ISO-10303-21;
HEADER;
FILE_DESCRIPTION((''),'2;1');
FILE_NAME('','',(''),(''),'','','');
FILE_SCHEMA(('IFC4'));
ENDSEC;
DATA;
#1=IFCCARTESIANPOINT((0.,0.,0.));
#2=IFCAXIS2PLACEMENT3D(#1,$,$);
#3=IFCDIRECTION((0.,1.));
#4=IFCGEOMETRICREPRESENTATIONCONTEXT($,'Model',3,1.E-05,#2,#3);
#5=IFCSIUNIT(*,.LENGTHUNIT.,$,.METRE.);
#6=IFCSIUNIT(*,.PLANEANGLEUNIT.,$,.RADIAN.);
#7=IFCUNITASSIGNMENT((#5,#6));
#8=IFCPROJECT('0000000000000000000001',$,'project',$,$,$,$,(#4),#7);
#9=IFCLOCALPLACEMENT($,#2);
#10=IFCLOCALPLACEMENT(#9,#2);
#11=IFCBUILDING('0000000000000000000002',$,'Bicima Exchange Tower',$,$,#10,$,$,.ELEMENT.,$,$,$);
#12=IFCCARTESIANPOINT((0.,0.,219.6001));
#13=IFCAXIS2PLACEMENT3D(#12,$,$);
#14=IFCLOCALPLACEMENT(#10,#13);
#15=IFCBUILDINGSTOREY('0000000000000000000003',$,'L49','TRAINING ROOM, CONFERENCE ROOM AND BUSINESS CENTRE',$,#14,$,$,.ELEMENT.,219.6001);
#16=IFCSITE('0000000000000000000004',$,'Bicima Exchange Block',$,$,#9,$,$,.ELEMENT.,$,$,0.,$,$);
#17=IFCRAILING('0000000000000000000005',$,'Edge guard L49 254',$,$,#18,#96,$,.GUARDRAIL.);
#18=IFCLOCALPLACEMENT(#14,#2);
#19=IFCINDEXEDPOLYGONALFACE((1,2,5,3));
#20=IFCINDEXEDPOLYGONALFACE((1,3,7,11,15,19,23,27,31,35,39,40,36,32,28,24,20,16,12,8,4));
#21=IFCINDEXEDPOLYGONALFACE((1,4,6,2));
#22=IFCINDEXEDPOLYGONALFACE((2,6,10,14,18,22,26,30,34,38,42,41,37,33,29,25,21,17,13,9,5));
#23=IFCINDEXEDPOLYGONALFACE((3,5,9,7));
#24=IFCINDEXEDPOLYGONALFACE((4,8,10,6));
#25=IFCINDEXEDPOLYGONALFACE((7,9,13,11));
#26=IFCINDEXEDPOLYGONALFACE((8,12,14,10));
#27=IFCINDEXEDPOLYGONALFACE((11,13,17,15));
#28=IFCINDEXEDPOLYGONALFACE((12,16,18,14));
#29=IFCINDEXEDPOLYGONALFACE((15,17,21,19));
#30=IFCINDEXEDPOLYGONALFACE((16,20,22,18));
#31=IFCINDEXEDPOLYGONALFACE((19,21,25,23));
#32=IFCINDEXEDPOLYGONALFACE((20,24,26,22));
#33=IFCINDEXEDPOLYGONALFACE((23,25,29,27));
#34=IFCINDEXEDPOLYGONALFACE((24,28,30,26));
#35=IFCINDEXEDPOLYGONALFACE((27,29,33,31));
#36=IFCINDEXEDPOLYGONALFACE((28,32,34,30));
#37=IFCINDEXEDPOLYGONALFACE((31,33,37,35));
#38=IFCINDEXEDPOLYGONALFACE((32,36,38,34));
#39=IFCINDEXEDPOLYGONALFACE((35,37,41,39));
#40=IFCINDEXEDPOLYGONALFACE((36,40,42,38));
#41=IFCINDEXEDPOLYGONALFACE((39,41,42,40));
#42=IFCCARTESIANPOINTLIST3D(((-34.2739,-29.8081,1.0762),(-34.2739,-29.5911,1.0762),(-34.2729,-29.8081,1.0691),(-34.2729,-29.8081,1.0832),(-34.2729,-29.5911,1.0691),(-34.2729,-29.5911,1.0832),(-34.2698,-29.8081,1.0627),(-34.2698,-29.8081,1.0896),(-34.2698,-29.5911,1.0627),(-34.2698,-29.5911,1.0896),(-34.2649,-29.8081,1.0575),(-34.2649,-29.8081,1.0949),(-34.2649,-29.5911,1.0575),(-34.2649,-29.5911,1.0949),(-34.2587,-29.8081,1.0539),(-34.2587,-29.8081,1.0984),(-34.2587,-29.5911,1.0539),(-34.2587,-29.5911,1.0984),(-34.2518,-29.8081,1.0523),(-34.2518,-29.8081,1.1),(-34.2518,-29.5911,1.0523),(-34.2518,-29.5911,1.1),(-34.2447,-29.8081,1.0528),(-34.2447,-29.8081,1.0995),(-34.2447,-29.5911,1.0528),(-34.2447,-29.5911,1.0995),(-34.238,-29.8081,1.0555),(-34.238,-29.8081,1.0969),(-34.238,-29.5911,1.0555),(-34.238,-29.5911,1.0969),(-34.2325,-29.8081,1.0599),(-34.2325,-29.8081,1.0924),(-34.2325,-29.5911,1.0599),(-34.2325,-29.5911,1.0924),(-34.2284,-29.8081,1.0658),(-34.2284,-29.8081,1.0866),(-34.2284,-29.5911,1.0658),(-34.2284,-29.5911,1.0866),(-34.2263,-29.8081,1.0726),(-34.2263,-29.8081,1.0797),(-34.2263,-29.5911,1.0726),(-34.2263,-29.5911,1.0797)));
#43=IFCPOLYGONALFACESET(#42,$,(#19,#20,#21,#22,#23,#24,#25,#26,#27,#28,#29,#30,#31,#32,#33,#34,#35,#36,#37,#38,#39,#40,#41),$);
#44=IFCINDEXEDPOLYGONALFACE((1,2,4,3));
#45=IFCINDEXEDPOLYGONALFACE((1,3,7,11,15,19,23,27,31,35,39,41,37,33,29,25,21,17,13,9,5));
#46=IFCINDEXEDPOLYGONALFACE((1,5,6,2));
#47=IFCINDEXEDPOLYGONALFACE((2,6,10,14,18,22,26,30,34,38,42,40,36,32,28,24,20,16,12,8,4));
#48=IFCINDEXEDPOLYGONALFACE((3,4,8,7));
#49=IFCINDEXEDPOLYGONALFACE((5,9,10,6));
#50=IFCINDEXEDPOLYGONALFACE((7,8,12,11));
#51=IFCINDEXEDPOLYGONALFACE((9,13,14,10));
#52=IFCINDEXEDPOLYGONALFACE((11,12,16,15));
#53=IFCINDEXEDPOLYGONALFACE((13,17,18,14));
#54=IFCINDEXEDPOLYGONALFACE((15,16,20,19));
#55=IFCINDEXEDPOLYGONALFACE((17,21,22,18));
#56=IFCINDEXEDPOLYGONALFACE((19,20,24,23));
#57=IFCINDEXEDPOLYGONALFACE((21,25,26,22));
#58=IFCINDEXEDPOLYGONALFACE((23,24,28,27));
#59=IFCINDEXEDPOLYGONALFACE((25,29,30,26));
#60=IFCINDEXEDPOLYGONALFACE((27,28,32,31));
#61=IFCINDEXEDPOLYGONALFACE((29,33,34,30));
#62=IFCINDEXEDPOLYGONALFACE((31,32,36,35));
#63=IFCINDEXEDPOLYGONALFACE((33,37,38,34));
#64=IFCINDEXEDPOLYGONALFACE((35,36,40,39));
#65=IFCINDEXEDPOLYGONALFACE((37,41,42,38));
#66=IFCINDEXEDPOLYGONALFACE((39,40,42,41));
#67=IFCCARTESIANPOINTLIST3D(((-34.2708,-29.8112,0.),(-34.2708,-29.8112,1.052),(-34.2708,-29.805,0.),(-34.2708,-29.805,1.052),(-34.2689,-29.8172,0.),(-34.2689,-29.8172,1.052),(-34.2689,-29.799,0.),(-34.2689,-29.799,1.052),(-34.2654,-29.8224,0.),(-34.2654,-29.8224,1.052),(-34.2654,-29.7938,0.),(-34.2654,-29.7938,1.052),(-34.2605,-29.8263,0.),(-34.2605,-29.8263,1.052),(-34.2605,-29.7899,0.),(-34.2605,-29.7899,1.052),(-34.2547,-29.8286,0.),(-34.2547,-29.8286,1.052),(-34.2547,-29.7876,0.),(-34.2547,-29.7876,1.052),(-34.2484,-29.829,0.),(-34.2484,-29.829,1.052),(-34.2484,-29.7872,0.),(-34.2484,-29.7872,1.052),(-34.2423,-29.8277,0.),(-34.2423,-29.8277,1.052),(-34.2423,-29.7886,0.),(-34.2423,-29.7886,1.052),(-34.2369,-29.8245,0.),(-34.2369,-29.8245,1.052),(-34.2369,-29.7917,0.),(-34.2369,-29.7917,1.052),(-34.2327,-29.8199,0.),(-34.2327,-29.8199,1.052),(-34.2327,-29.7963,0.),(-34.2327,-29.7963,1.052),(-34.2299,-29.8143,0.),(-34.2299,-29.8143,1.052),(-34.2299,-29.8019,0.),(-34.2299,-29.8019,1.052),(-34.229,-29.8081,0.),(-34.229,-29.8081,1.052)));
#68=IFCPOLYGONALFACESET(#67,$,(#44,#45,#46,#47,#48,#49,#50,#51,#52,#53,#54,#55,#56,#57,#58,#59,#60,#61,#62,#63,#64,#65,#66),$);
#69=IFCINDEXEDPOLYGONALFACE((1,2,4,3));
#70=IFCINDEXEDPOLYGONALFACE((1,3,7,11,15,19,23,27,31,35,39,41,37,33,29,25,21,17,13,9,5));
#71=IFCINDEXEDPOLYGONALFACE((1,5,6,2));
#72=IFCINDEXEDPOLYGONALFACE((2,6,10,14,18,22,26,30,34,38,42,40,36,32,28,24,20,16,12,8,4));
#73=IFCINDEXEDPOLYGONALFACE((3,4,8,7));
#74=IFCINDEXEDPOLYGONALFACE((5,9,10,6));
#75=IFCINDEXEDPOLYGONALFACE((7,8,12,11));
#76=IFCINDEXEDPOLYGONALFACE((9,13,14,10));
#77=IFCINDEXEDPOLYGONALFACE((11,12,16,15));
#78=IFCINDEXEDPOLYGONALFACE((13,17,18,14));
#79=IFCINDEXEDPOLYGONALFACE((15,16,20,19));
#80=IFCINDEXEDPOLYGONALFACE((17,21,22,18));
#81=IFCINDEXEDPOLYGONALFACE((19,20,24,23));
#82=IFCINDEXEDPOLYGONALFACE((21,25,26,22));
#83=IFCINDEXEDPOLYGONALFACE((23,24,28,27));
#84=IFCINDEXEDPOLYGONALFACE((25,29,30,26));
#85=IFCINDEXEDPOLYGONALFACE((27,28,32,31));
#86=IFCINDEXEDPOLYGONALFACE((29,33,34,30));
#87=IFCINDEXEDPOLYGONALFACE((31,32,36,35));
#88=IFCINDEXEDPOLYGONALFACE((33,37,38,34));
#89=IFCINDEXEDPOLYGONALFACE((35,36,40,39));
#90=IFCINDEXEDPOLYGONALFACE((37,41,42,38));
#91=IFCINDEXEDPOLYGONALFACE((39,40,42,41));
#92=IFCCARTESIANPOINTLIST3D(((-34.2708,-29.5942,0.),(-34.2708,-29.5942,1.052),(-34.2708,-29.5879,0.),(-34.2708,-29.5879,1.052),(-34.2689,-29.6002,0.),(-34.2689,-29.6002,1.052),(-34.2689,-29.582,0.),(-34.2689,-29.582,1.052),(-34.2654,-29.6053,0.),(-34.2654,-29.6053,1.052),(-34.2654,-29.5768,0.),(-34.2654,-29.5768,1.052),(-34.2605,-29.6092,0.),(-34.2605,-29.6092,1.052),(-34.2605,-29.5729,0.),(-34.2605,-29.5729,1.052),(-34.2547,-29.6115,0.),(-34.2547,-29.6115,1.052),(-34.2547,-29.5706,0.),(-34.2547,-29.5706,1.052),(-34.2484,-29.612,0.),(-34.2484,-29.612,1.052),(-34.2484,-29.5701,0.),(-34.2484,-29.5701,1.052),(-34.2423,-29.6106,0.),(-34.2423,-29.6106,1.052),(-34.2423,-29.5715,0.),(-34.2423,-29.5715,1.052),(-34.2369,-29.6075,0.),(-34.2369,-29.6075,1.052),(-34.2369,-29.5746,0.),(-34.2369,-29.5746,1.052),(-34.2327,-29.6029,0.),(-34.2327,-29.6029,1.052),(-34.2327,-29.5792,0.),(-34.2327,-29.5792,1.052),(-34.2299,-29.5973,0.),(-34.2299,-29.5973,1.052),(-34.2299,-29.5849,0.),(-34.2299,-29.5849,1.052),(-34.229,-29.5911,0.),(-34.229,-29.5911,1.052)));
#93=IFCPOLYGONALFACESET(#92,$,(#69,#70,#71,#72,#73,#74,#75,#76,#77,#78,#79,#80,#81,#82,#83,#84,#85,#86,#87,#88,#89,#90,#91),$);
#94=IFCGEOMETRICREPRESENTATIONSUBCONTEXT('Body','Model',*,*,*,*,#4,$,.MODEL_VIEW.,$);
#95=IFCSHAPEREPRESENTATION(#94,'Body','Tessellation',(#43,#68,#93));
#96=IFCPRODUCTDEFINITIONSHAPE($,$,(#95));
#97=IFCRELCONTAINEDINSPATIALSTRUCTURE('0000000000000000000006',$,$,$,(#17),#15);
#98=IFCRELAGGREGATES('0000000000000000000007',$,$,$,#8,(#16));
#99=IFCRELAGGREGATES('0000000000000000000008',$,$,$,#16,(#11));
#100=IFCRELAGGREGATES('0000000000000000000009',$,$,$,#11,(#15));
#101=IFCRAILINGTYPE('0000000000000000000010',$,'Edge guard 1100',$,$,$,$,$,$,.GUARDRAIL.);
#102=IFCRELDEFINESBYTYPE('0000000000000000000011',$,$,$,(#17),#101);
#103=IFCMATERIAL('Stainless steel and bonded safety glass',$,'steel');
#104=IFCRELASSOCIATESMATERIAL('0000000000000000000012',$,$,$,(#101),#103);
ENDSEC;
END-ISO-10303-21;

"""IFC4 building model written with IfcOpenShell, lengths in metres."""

from ifc_helpers import new_model, si_unit, direction, frame, origin, origin_2d, place, context, subcontext, project, spatial, circle, extrude, material, type_object, element, save


model = new_model("IFC4")

# Units and contexts
model_context = context("Model", 3, precision=1e-05, world=origin(), true_north=direction((0.0, 1.0)))
body_context = subcontext(model_context, "Body", "Model", "MODEL_VIEW")
ifc_project = project(units=[si_unit("LENGTHUNIT", "METRE"), si_unit("PLANEANGLEUNIT", "RADIAN")], contexts=[model_context])

# Site, building, storey
site_placement = place(None, origin())
site = spatial("IfcSite", under=ifc_project, at=site_placement, Name="Bicima Exchange Block", CompositionType="ELEMENT", RefElevation=0.0)
building_placement = place(site_placement, origin())
building = spatial("IfcBuilding", under=site, at=building_placement, Name="Bicima Exchange Tower", CompositionType="ELEMENT")
storey_placement = place(building_placement, frame((0.0, 0.0, 219.6001)))
storey = spatial("IfcBuildingStorey", under=building, at=storey_placement, Name="L49", Description="TRAINING ROOM, CONFERENCE ROOM AND BUSINESS CENTRE", CompositionType="ELEMENT", Elevation=219.6001)

# Railing
ifc_material_1 = material(Name="Stainless steel and bonded safety glass", Category="steel")
railing_type = type_object("IfcRailingType", Name="Edge guard 1100", PredefinedType="GUARDRAIL", material=ifc_material_1)
railing_1_placement = place(storey_placement, frame((-34.25, -29.8081, 0.0)))
element("IfcRailing", 1, at=railing_1_placement, inside=storey, type_object=railing_type, Name="Edge guard L49 254", PredefinedType="GUARDRAIL", context=body_context, shape_type="SweptSolid", body=[
    extrude(circle(Radius=0.0239, at=origin_2d()), frame((0.0, 0.0, 1.0762), z_axis=(0.0, 1.0, 0.0), x_axis=(-1.0, 0.0, 0.0)), (0.0, 0.0, 1.0), 0.217),
    extrude(circle(Radius=0.021, at=origin_2d()), origin(), (0.0, 0.0, 1.0), 1.052),
    extrude(circle(Radius=0.021, at=origin_2d()), frame((0.0, 0.217, 0.0)), (0.0, 0.0, 1.0), 1.052),
])

save(model, "model.ifc")
